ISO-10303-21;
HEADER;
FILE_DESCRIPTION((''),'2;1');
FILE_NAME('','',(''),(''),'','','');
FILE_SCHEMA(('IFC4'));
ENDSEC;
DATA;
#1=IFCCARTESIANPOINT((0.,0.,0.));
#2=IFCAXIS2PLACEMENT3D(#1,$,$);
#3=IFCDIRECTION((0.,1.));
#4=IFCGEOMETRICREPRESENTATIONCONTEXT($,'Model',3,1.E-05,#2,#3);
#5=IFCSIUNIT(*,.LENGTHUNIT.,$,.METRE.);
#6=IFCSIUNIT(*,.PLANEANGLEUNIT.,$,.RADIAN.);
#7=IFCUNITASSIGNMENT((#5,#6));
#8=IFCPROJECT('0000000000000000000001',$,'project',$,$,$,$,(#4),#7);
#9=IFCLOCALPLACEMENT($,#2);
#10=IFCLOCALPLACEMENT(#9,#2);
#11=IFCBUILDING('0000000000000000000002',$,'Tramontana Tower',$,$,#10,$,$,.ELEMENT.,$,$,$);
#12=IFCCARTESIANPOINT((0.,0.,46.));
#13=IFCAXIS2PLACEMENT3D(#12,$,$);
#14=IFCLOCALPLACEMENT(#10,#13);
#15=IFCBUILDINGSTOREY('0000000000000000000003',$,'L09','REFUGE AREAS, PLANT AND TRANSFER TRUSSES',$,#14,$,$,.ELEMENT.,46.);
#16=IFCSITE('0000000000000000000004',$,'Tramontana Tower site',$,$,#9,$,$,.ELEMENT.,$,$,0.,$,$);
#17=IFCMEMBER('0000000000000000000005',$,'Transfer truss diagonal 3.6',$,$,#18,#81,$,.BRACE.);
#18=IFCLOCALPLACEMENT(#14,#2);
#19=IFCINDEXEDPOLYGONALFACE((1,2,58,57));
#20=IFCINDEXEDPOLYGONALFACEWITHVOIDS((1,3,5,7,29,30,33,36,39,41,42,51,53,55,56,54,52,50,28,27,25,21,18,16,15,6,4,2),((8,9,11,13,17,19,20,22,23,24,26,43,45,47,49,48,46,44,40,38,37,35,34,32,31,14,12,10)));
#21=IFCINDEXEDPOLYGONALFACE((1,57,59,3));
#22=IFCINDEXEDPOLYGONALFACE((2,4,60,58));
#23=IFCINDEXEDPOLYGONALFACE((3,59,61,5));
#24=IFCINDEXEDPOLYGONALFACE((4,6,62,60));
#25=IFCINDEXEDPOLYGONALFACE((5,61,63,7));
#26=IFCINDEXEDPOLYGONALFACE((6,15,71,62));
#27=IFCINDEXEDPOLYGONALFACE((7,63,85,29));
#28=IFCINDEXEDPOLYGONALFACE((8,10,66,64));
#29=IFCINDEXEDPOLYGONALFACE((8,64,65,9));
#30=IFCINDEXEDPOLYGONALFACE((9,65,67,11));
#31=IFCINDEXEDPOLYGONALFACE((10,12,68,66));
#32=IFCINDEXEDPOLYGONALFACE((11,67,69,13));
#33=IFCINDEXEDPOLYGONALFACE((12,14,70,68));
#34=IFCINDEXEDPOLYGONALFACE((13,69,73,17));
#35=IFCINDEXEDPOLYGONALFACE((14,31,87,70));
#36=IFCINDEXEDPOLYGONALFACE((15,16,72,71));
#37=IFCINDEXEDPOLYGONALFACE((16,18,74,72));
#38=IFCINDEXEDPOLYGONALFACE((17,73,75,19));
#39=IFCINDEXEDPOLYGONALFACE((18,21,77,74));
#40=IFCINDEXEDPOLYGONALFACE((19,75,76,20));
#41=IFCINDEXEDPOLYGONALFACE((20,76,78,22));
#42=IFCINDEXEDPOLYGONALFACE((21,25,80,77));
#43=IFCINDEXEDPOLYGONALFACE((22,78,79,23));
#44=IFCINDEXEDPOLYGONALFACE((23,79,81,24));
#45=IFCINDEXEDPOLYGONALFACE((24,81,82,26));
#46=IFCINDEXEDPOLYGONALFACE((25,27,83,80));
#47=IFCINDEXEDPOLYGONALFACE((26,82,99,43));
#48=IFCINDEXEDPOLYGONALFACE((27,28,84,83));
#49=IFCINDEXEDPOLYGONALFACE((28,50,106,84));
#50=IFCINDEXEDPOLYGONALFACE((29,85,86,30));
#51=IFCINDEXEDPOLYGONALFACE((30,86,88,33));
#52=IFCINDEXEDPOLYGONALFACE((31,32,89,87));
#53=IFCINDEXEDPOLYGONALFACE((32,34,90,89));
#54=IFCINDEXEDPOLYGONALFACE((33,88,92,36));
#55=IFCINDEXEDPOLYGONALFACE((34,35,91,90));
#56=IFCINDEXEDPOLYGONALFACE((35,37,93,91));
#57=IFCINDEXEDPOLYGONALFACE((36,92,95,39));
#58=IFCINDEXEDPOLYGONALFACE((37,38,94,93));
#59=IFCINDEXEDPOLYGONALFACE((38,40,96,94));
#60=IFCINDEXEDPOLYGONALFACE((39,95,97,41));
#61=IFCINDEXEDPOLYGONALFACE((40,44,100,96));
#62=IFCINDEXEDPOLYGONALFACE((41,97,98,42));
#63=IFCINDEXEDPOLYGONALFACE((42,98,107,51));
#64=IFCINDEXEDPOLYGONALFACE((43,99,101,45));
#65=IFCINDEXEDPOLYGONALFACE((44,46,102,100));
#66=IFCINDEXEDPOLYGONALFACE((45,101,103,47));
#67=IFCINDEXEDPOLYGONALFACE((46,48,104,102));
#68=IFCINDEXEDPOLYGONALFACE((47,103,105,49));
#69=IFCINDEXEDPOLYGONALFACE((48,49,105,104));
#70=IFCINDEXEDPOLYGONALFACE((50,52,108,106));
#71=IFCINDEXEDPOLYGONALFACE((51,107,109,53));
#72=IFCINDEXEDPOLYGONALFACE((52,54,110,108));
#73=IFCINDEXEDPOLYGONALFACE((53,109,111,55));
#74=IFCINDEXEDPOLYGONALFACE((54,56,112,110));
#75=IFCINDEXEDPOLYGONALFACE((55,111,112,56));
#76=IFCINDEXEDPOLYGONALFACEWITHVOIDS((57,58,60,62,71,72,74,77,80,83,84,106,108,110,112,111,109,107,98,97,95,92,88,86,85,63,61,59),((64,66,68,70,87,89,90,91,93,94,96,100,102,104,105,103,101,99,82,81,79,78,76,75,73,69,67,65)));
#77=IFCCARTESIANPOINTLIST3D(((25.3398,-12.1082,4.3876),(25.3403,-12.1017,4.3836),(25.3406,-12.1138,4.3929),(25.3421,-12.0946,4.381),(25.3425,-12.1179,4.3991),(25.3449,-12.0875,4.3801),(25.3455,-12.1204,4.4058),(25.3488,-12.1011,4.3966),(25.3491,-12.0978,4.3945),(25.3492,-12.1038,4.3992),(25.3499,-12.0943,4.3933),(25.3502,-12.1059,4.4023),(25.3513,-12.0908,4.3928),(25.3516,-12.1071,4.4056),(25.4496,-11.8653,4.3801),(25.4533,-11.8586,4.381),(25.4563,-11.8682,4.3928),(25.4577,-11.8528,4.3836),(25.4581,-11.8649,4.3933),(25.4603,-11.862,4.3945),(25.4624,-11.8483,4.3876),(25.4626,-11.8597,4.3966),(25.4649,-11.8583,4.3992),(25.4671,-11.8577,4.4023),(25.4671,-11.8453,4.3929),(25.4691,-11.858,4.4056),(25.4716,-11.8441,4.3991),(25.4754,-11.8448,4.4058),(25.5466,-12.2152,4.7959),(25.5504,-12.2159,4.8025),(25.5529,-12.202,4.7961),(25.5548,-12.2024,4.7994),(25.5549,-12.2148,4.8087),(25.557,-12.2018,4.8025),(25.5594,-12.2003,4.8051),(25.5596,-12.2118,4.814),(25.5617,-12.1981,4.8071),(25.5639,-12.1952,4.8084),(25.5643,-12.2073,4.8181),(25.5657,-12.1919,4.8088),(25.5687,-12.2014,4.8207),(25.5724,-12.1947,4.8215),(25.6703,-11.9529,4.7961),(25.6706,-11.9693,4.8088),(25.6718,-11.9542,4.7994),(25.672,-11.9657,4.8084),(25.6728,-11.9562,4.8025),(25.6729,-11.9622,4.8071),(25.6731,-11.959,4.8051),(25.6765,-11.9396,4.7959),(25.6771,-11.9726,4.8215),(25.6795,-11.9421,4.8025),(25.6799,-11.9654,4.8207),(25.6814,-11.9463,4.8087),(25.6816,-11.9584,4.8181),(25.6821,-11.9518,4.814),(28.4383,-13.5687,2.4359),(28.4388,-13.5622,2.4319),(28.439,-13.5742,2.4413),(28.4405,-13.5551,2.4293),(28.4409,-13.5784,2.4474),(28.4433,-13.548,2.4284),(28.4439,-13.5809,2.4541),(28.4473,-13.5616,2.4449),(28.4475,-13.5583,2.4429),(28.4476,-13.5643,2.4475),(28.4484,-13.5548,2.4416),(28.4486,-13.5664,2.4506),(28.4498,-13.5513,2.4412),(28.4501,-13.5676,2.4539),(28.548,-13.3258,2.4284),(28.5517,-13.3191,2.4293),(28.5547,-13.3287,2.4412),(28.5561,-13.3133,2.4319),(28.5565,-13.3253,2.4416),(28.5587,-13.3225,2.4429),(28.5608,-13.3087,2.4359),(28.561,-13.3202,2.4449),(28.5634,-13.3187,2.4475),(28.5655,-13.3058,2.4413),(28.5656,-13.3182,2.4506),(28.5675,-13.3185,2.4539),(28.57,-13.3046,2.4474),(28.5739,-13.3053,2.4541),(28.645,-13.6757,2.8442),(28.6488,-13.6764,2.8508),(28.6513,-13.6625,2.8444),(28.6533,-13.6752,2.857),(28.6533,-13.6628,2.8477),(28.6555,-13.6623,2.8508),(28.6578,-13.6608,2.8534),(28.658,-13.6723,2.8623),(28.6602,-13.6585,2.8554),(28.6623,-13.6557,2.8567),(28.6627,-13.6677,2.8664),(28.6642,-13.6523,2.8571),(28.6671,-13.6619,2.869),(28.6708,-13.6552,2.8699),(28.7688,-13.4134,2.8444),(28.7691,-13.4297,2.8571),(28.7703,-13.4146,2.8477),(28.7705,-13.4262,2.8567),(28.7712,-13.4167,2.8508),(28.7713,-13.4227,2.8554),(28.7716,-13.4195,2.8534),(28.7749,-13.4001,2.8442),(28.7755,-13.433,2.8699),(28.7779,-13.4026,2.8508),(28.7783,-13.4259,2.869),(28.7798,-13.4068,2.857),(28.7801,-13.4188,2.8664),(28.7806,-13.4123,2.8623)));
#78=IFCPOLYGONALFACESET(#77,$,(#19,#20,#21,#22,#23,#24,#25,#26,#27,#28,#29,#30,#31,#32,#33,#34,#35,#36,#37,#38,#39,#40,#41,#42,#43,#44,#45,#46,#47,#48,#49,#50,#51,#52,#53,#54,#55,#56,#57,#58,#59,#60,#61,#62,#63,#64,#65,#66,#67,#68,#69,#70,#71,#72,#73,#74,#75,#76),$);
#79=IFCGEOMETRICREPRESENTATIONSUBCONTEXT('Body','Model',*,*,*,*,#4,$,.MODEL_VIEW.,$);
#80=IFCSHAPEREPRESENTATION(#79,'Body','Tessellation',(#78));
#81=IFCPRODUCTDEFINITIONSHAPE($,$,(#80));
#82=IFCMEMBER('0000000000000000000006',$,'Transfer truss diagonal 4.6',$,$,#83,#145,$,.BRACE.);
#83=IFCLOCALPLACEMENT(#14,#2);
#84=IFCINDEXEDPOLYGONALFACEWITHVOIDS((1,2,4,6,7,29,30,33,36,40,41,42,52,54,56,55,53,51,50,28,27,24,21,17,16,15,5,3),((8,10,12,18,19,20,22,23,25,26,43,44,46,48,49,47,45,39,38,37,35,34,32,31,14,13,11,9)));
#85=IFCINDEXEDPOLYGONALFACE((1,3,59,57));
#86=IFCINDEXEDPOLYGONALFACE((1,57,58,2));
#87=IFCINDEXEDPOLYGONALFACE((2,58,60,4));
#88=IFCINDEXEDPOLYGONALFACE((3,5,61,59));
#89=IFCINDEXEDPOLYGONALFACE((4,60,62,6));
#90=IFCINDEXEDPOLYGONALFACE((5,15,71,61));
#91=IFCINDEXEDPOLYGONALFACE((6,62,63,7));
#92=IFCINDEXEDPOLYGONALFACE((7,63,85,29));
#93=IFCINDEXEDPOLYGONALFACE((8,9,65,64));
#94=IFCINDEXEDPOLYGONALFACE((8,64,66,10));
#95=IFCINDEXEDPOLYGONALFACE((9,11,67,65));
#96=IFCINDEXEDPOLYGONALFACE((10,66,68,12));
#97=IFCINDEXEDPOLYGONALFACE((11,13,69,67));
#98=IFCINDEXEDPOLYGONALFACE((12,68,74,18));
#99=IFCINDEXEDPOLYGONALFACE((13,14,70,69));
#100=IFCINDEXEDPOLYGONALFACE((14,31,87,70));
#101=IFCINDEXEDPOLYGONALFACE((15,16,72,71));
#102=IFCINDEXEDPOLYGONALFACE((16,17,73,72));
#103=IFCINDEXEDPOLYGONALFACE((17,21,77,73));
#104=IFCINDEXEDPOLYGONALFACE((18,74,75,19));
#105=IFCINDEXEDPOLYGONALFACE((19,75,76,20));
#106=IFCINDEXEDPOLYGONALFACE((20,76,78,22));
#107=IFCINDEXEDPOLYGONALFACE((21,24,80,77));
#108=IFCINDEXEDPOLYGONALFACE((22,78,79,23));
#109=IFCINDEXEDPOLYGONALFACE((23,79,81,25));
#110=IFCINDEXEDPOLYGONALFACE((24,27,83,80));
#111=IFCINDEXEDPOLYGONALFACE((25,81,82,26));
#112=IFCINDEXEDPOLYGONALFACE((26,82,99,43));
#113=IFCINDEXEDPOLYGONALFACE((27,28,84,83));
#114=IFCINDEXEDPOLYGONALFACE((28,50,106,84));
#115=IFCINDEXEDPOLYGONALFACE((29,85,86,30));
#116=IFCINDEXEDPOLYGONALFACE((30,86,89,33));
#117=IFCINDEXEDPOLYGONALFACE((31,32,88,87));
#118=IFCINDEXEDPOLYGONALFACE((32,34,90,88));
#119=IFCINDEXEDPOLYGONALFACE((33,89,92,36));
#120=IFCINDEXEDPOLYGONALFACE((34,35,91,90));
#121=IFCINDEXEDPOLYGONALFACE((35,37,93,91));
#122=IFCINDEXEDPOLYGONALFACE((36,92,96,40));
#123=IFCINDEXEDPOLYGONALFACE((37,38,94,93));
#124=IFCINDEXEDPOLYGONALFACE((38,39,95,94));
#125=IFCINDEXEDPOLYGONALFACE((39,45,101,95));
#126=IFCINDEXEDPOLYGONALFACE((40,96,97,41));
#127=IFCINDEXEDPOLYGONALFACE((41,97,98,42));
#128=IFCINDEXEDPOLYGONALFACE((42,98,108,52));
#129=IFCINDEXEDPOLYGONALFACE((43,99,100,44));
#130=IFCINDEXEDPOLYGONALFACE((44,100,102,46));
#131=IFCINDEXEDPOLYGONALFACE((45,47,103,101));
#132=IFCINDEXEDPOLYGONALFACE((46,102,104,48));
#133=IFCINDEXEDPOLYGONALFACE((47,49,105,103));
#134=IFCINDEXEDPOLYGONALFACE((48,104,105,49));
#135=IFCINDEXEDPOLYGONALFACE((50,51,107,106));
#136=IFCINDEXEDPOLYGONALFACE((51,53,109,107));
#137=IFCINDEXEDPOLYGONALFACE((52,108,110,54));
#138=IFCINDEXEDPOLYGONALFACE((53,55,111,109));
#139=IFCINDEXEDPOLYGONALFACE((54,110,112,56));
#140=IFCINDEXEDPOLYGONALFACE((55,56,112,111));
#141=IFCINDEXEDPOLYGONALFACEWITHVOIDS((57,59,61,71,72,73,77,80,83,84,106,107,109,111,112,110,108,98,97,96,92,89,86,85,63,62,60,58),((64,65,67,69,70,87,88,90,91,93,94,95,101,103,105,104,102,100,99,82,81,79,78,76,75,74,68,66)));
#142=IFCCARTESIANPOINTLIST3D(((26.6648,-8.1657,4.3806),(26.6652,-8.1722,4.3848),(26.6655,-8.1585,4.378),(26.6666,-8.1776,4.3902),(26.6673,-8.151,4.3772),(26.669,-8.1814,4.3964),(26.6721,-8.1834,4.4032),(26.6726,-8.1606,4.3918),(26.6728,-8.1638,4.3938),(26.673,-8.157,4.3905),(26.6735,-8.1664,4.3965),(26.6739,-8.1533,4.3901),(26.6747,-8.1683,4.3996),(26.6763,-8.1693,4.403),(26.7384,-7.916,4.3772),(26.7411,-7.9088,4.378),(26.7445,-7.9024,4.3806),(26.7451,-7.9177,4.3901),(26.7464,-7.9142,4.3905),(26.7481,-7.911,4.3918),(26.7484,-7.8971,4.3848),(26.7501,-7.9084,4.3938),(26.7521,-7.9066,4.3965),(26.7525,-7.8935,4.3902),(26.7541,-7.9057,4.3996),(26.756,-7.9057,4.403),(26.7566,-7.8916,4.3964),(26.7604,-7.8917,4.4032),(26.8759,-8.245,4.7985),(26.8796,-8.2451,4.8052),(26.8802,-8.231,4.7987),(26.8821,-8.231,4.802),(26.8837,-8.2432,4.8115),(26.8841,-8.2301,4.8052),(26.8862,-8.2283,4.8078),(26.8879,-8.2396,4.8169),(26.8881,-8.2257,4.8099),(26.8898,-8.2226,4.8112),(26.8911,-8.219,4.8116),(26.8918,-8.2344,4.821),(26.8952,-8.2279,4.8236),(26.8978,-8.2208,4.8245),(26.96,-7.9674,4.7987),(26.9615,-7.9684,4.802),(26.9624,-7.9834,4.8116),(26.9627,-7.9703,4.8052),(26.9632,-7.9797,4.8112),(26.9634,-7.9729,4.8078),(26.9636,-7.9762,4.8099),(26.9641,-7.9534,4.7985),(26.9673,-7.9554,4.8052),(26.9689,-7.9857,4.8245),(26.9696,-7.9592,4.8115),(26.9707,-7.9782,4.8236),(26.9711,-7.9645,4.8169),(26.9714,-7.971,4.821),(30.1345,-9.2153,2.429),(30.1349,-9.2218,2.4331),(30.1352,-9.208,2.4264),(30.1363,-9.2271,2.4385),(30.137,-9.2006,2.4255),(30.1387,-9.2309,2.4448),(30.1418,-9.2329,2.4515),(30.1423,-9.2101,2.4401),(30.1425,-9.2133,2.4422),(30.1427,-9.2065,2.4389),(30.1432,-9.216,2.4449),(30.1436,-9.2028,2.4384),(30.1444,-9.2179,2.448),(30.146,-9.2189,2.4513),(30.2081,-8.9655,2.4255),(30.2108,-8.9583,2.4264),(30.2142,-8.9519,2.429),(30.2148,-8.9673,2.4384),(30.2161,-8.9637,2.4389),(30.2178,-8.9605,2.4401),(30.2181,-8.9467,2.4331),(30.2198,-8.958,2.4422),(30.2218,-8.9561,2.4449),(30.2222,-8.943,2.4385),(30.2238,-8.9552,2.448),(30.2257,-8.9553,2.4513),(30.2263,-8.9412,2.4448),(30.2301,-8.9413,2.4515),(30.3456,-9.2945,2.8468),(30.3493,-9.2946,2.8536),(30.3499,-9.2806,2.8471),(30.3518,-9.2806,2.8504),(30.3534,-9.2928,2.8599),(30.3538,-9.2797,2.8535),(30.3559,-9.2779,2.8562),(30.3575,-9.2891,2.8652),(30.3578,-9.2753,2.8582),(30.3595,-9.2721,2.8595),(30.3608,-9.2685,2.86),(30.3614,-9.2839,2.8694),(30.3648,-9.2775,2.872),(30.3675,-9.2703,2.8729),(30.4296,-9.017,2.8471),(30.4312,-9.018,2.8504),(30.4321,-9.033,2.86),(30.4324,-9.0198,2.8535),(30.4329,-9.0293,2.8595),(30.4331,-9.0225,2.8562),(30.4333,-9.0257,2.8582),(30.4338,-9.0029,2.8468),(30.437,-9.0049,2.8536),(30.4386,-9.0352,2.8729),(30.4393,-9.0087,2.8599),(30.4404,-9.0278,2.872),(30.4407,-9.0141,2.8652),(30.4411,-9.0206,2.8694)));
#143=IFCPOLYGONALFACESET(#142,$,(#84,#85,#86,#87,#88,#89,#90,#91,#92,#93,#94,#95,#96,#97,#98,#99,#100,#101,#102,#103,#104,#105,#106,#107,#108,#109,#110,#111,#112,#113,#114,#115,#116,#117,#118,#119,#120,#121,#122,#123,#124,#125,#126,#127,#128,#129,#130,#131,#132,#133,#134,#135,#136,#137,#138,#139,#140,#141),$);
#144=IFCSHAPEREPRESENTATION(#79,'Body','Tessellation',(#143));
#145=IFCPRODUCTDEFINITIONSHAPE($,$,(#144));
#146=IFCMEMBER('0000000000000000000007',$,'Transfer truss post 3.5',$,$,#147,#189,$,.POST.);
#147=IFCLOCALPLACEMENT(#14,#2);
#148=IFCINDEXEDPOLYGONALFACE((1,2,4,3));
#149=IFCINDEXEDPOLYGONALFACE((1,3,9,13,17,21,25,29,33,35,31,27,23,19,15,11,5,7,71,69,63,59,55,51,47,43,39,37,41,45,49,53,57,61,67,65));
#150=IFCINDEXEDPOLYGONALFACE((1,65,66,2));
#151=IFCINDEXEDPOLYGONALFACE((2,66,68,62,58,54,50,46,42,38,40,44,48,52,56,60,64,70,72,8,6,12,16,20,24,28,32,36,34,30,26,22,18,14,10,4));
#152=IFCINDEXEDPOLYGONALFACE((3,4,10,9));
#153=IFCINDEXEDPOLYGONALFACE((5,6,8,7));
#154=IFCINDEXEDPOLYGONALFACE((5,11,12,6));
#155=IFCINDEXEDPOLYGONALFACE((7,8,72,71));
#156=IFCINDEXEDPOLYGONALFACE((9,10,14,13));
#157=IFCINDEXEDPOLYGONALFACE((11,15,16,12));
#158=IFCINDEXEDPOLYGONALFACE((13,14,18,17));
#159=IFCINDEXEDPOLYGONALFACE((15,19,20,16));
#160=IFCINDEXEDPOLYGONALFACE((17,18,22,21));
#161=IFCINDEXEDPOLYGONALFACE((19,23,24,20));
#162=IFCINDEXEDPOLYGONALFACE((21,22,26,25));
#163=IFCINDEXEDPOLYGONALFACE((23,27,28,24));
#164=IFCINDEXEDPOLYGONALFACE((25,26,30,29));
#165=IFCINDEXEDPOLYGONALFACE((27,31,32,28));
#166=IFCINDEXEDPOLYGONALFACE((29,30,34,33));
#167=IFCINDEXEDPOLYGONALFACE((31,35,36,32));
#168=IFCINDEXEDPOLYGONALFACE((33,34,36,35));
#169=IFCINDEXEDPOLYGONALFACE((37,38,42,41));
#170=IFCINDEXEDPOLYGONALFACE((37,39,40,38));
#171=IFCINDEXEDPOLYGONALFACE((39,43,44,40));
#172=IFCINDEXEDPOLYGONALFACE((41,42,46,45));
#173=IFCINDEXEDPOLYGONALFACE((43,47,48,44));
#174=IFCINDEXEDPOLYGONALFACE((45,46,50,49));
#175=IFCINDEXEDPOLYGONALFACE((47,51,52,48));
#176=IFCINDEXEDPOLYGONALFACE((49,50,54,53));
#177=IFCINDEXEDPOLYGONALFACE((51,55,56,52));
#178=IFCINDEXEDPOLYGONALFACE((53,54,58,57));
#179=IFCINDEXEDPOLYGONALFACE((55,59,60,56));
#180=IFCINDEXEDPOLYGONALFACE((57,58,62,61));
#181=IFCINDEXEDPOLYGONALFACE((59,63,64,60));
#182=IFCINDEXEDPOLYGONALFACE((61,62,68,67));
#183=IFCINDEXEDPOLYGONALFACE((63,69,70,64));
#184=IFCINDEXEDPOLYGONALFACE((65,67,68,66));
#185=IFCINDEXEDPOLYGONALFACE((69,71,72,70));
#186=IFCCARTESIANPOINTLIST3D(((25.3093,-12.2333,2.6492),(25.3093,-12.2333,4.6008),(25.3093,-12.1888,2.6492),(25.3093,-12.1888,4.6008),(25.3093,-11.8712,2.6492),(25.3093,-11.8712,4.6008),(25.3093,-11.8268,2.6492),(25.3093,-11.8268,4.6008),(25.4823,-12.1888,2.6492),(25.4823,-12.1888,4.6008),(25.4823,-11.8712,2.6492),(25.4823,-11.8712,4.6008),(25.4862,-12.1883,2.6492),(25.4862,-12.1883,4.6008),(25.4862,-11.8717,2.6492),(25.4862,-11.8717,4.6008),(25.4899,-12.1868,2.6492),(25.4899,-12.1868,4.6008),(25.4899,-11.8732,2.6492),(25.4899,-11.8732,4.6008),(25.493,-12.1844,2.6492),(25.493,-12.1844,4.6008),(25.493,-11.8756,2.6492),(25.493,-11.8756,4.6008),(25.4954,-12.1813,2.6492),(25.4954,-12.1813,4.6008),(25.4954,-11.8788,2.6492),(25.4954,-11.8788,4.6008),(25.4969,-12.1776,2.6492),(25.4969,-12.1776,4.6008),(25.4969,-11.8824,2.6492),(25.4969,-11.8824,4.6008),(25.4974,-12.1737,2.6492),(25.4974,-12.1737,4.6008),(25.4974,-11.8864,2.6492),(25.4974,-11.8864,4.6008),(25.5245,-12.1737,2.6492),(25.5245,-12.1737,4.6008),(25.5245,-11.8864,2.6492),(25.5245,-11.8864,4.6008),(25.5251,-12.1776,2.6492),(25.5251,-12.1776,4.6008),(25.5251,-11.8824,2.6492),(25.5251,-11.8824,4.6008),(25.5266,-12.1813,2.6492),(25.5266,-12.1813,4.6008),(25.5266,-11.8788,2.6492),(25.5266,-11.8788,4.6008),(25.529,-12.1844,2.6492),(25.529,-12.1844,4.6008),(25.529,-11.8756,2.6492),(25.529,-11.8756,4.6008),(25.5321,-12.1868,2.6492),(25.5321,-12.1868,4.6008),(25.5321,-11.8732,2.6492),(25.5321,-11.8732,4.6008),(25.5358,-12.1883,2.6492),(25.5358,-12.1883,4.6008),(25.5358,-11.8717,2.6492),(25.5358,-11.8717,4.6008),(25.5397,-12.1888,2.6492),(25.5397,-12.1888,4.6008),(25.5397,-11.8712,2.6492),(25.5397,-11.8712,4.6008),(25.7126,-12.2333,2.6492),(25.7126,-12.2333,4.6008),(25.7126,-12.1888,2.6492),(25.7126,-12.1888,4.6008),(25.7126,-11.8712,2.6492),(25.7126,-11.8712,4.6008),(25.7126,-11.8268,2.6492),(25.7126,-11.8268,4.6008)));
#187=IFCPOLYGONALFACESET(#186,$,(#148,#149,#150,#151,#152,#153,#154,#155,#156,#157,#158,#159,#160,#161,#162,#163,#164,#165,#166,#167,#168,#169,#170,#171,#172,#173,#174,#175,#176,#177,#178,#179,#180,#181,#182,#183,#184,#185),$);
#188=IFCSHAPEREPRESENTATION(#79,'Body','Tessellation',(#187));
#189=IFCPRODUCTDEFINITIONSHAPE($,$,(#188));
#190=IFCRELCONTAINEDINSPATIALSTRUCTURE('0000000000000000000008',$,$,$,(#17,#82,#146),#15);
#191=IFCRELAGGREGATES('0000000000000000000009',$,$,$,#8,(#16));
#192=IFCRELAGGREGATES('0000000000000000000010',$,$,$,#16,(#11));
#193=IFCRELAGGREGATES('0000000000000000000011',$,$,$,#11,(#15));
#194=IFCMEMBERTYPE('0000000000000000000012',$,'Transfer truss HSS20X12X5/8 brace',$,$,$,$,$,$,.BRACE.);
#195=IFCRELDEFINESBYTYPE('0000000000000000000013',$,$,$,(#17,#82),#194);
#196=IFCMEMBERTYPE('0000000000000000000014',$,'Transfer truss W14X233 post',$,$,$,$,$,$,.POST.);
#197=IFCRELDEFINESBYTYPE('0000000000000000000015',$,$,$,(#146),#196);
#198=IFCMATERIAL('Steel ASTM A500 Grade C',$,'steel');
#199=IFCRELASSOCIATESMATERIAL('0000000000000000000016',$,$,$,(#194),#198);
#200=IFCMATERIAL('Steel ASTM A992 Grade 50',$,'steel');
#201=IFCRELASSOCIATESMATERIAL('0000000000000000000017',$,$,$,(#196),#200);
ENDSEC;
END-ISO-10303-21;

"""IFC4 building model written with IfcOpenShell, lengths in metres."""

from ifc_helpers import new_model, si_unit, direction, frame, origin, origin_2d, place, context, subcontext, project, spatial, hollow_rectangle, i_section, extrude, material, material_profile, profile_set, type_object, element, save


model = new_model("IFC4")

# Units and contexts
model_context = context("Model", 3, precision=1e-05, world=origin(), true_north=direction((0.0, 1.0)))
body_context = subcontext(model_context, "Body", "Model", "MODEL_VIEW")
ifc_project = project(units=[si_unit("LENGTHUNIT", "METRE"), si_unit("PLANEANGLEUNIT", "RADIAN")], contexts=[model_context])

# Site, building, storey
site_placement = place(None, origin())
site = spatial("IfcSite", under=ifc_project, at=site_placement, Name="Tramontana Tower site", CompositionType="ELEMENT", RefElevation=0.0)
building_placement = place(site_placement, origin())
building = spatial("IfcBuilding", under=site, at=building_placement, Name="Tramontana Tower", CompositionType="ELEMENT")
storey_placement = place(building_placement, frame((0.0, 0.0, 46.0)))
storey = spatial("IfcBuildingStorey", under=building, at=storey_placement, Name="L09", Description="REFUGE AREAS, PLANT AND TRANSFER TRUSSES", CompositionType="ELEMENT", Elevation=46.0)

# Members
ifc_material_1 = material(Name="Steel ASTM A500 Grade C", Category="steel")
ifc_material_profile_1 = material_profile(ifc_material_1, hollow_rectangle(XDim=0.3047, YDim=0.5081, WallThickness=0.0146, InnerFilletRadius=0.0146, OuterFilletRadius=0.0295, at=origin_2d()), Name="HSS20X12X5/8")
ifc_profile_set_1 = profile_set([ifc_material_profile_1], Name="Steel ASTM A500 Grade C")
member_type_1 = type_object("IfcMemberType", Name="Transfer truss HSS20X12X5/8 brace", PredefinedType="BRACE", material=ifc_profile_set_1)
member_1_placement = place(storey_placement, frame((25.511, -12.03, 4.6008), z_axis=(0.78593, -0.370454, -0.495053), x_axis=(0.426367, 0.90455, 0.0)))
element("IfcMember", 1, at=member_1_placement, inside=storey, type_object=member_type_1, Name="Transfer truss diagonal 3.6", PredefinedType="BRACE", context=body_context, shape_type="SweptSolid", body=[
    extrude(hollow_rectangle(XDim=0.3047, YDim=0.5081, WallThickness=0.0146, InnerFilletRadius=0.0146, OuterFilletRadius=0.0295, at=origin_2d()), origin(), (0.0, 0.0, 1.0), 3.9424),
])
member_2_placement = place(storey_placement, frame((26.8181, -8.0684, 4.6008), z_axis=(0.842784, -0.254934, -0.474051), x_axis=(0.289534, 0.957168, 0.0)))
element("IfcMember", 2, at=member_2_placement, inside=storey, type_object=member_type_1, Name="Transfer truss diagonal 4.6", PredefinedType="BRACE", context=body_context, shape_type="SweptSolid", body=[
    extrude(hollow_rectangle(XDim=0.3047, YDim=0.5081, WallThickness=0.0146, InnerFilletRadius=0.0146, OuterFilletRadius=0.0295, at=origin_2d()), origin(), (0.0, 0.0, 1.0), 4.1169),
])
ifc_material_2 = material(Name="Steel ASTM A992 Grade 50", Category="steel")
ifc_material_profile_2 = material_profile(ifc_material_2, i_section(OverallWidth=0.4033, OverallDepth=0.4065, WebThickness=0.0271, FlangeThickness=0.0444, FilletRadius=0.0151, at=origin_2d()), Name="W14X233")
ifc_profile_set_2 = profile_set([ifc_material_profile_2], Name="Steel ASTM A992 Grade 50")
member_type_2 = type_object("IfcMemberType", Name="Transfer truss W14X233 post", PredefinedType="POST", material=ifc_profile_set_2)
for number, where, z_axis, x_axis, name in (
    (3, (25.511, -12.03, 2.6492), (0.0, 0.0, 1.0), (1.0, 0.0, 0.0), "Transfer truss post 3.5"),
):
    element("IfcMember", number, at=place(storey_placement, frame(where, z_axis=z_axis, x_axis=x_axis)), inside=storey, type_object=member_type_2, Name=name, PredefinedType="POST", context=body_context, shape_type="SweptSolid", body=[
        extrude(i_section(OverallWidth=0.4033, OverallDepth=0.4065, WebThickness=0.0271, FlangeThickness=0.0444, FilletRadius=0.0151, at=origin_2d()), origin(), (0.0, 0.0, 1.0), 1.9517),
    ])

save(model, "model.ifc")
